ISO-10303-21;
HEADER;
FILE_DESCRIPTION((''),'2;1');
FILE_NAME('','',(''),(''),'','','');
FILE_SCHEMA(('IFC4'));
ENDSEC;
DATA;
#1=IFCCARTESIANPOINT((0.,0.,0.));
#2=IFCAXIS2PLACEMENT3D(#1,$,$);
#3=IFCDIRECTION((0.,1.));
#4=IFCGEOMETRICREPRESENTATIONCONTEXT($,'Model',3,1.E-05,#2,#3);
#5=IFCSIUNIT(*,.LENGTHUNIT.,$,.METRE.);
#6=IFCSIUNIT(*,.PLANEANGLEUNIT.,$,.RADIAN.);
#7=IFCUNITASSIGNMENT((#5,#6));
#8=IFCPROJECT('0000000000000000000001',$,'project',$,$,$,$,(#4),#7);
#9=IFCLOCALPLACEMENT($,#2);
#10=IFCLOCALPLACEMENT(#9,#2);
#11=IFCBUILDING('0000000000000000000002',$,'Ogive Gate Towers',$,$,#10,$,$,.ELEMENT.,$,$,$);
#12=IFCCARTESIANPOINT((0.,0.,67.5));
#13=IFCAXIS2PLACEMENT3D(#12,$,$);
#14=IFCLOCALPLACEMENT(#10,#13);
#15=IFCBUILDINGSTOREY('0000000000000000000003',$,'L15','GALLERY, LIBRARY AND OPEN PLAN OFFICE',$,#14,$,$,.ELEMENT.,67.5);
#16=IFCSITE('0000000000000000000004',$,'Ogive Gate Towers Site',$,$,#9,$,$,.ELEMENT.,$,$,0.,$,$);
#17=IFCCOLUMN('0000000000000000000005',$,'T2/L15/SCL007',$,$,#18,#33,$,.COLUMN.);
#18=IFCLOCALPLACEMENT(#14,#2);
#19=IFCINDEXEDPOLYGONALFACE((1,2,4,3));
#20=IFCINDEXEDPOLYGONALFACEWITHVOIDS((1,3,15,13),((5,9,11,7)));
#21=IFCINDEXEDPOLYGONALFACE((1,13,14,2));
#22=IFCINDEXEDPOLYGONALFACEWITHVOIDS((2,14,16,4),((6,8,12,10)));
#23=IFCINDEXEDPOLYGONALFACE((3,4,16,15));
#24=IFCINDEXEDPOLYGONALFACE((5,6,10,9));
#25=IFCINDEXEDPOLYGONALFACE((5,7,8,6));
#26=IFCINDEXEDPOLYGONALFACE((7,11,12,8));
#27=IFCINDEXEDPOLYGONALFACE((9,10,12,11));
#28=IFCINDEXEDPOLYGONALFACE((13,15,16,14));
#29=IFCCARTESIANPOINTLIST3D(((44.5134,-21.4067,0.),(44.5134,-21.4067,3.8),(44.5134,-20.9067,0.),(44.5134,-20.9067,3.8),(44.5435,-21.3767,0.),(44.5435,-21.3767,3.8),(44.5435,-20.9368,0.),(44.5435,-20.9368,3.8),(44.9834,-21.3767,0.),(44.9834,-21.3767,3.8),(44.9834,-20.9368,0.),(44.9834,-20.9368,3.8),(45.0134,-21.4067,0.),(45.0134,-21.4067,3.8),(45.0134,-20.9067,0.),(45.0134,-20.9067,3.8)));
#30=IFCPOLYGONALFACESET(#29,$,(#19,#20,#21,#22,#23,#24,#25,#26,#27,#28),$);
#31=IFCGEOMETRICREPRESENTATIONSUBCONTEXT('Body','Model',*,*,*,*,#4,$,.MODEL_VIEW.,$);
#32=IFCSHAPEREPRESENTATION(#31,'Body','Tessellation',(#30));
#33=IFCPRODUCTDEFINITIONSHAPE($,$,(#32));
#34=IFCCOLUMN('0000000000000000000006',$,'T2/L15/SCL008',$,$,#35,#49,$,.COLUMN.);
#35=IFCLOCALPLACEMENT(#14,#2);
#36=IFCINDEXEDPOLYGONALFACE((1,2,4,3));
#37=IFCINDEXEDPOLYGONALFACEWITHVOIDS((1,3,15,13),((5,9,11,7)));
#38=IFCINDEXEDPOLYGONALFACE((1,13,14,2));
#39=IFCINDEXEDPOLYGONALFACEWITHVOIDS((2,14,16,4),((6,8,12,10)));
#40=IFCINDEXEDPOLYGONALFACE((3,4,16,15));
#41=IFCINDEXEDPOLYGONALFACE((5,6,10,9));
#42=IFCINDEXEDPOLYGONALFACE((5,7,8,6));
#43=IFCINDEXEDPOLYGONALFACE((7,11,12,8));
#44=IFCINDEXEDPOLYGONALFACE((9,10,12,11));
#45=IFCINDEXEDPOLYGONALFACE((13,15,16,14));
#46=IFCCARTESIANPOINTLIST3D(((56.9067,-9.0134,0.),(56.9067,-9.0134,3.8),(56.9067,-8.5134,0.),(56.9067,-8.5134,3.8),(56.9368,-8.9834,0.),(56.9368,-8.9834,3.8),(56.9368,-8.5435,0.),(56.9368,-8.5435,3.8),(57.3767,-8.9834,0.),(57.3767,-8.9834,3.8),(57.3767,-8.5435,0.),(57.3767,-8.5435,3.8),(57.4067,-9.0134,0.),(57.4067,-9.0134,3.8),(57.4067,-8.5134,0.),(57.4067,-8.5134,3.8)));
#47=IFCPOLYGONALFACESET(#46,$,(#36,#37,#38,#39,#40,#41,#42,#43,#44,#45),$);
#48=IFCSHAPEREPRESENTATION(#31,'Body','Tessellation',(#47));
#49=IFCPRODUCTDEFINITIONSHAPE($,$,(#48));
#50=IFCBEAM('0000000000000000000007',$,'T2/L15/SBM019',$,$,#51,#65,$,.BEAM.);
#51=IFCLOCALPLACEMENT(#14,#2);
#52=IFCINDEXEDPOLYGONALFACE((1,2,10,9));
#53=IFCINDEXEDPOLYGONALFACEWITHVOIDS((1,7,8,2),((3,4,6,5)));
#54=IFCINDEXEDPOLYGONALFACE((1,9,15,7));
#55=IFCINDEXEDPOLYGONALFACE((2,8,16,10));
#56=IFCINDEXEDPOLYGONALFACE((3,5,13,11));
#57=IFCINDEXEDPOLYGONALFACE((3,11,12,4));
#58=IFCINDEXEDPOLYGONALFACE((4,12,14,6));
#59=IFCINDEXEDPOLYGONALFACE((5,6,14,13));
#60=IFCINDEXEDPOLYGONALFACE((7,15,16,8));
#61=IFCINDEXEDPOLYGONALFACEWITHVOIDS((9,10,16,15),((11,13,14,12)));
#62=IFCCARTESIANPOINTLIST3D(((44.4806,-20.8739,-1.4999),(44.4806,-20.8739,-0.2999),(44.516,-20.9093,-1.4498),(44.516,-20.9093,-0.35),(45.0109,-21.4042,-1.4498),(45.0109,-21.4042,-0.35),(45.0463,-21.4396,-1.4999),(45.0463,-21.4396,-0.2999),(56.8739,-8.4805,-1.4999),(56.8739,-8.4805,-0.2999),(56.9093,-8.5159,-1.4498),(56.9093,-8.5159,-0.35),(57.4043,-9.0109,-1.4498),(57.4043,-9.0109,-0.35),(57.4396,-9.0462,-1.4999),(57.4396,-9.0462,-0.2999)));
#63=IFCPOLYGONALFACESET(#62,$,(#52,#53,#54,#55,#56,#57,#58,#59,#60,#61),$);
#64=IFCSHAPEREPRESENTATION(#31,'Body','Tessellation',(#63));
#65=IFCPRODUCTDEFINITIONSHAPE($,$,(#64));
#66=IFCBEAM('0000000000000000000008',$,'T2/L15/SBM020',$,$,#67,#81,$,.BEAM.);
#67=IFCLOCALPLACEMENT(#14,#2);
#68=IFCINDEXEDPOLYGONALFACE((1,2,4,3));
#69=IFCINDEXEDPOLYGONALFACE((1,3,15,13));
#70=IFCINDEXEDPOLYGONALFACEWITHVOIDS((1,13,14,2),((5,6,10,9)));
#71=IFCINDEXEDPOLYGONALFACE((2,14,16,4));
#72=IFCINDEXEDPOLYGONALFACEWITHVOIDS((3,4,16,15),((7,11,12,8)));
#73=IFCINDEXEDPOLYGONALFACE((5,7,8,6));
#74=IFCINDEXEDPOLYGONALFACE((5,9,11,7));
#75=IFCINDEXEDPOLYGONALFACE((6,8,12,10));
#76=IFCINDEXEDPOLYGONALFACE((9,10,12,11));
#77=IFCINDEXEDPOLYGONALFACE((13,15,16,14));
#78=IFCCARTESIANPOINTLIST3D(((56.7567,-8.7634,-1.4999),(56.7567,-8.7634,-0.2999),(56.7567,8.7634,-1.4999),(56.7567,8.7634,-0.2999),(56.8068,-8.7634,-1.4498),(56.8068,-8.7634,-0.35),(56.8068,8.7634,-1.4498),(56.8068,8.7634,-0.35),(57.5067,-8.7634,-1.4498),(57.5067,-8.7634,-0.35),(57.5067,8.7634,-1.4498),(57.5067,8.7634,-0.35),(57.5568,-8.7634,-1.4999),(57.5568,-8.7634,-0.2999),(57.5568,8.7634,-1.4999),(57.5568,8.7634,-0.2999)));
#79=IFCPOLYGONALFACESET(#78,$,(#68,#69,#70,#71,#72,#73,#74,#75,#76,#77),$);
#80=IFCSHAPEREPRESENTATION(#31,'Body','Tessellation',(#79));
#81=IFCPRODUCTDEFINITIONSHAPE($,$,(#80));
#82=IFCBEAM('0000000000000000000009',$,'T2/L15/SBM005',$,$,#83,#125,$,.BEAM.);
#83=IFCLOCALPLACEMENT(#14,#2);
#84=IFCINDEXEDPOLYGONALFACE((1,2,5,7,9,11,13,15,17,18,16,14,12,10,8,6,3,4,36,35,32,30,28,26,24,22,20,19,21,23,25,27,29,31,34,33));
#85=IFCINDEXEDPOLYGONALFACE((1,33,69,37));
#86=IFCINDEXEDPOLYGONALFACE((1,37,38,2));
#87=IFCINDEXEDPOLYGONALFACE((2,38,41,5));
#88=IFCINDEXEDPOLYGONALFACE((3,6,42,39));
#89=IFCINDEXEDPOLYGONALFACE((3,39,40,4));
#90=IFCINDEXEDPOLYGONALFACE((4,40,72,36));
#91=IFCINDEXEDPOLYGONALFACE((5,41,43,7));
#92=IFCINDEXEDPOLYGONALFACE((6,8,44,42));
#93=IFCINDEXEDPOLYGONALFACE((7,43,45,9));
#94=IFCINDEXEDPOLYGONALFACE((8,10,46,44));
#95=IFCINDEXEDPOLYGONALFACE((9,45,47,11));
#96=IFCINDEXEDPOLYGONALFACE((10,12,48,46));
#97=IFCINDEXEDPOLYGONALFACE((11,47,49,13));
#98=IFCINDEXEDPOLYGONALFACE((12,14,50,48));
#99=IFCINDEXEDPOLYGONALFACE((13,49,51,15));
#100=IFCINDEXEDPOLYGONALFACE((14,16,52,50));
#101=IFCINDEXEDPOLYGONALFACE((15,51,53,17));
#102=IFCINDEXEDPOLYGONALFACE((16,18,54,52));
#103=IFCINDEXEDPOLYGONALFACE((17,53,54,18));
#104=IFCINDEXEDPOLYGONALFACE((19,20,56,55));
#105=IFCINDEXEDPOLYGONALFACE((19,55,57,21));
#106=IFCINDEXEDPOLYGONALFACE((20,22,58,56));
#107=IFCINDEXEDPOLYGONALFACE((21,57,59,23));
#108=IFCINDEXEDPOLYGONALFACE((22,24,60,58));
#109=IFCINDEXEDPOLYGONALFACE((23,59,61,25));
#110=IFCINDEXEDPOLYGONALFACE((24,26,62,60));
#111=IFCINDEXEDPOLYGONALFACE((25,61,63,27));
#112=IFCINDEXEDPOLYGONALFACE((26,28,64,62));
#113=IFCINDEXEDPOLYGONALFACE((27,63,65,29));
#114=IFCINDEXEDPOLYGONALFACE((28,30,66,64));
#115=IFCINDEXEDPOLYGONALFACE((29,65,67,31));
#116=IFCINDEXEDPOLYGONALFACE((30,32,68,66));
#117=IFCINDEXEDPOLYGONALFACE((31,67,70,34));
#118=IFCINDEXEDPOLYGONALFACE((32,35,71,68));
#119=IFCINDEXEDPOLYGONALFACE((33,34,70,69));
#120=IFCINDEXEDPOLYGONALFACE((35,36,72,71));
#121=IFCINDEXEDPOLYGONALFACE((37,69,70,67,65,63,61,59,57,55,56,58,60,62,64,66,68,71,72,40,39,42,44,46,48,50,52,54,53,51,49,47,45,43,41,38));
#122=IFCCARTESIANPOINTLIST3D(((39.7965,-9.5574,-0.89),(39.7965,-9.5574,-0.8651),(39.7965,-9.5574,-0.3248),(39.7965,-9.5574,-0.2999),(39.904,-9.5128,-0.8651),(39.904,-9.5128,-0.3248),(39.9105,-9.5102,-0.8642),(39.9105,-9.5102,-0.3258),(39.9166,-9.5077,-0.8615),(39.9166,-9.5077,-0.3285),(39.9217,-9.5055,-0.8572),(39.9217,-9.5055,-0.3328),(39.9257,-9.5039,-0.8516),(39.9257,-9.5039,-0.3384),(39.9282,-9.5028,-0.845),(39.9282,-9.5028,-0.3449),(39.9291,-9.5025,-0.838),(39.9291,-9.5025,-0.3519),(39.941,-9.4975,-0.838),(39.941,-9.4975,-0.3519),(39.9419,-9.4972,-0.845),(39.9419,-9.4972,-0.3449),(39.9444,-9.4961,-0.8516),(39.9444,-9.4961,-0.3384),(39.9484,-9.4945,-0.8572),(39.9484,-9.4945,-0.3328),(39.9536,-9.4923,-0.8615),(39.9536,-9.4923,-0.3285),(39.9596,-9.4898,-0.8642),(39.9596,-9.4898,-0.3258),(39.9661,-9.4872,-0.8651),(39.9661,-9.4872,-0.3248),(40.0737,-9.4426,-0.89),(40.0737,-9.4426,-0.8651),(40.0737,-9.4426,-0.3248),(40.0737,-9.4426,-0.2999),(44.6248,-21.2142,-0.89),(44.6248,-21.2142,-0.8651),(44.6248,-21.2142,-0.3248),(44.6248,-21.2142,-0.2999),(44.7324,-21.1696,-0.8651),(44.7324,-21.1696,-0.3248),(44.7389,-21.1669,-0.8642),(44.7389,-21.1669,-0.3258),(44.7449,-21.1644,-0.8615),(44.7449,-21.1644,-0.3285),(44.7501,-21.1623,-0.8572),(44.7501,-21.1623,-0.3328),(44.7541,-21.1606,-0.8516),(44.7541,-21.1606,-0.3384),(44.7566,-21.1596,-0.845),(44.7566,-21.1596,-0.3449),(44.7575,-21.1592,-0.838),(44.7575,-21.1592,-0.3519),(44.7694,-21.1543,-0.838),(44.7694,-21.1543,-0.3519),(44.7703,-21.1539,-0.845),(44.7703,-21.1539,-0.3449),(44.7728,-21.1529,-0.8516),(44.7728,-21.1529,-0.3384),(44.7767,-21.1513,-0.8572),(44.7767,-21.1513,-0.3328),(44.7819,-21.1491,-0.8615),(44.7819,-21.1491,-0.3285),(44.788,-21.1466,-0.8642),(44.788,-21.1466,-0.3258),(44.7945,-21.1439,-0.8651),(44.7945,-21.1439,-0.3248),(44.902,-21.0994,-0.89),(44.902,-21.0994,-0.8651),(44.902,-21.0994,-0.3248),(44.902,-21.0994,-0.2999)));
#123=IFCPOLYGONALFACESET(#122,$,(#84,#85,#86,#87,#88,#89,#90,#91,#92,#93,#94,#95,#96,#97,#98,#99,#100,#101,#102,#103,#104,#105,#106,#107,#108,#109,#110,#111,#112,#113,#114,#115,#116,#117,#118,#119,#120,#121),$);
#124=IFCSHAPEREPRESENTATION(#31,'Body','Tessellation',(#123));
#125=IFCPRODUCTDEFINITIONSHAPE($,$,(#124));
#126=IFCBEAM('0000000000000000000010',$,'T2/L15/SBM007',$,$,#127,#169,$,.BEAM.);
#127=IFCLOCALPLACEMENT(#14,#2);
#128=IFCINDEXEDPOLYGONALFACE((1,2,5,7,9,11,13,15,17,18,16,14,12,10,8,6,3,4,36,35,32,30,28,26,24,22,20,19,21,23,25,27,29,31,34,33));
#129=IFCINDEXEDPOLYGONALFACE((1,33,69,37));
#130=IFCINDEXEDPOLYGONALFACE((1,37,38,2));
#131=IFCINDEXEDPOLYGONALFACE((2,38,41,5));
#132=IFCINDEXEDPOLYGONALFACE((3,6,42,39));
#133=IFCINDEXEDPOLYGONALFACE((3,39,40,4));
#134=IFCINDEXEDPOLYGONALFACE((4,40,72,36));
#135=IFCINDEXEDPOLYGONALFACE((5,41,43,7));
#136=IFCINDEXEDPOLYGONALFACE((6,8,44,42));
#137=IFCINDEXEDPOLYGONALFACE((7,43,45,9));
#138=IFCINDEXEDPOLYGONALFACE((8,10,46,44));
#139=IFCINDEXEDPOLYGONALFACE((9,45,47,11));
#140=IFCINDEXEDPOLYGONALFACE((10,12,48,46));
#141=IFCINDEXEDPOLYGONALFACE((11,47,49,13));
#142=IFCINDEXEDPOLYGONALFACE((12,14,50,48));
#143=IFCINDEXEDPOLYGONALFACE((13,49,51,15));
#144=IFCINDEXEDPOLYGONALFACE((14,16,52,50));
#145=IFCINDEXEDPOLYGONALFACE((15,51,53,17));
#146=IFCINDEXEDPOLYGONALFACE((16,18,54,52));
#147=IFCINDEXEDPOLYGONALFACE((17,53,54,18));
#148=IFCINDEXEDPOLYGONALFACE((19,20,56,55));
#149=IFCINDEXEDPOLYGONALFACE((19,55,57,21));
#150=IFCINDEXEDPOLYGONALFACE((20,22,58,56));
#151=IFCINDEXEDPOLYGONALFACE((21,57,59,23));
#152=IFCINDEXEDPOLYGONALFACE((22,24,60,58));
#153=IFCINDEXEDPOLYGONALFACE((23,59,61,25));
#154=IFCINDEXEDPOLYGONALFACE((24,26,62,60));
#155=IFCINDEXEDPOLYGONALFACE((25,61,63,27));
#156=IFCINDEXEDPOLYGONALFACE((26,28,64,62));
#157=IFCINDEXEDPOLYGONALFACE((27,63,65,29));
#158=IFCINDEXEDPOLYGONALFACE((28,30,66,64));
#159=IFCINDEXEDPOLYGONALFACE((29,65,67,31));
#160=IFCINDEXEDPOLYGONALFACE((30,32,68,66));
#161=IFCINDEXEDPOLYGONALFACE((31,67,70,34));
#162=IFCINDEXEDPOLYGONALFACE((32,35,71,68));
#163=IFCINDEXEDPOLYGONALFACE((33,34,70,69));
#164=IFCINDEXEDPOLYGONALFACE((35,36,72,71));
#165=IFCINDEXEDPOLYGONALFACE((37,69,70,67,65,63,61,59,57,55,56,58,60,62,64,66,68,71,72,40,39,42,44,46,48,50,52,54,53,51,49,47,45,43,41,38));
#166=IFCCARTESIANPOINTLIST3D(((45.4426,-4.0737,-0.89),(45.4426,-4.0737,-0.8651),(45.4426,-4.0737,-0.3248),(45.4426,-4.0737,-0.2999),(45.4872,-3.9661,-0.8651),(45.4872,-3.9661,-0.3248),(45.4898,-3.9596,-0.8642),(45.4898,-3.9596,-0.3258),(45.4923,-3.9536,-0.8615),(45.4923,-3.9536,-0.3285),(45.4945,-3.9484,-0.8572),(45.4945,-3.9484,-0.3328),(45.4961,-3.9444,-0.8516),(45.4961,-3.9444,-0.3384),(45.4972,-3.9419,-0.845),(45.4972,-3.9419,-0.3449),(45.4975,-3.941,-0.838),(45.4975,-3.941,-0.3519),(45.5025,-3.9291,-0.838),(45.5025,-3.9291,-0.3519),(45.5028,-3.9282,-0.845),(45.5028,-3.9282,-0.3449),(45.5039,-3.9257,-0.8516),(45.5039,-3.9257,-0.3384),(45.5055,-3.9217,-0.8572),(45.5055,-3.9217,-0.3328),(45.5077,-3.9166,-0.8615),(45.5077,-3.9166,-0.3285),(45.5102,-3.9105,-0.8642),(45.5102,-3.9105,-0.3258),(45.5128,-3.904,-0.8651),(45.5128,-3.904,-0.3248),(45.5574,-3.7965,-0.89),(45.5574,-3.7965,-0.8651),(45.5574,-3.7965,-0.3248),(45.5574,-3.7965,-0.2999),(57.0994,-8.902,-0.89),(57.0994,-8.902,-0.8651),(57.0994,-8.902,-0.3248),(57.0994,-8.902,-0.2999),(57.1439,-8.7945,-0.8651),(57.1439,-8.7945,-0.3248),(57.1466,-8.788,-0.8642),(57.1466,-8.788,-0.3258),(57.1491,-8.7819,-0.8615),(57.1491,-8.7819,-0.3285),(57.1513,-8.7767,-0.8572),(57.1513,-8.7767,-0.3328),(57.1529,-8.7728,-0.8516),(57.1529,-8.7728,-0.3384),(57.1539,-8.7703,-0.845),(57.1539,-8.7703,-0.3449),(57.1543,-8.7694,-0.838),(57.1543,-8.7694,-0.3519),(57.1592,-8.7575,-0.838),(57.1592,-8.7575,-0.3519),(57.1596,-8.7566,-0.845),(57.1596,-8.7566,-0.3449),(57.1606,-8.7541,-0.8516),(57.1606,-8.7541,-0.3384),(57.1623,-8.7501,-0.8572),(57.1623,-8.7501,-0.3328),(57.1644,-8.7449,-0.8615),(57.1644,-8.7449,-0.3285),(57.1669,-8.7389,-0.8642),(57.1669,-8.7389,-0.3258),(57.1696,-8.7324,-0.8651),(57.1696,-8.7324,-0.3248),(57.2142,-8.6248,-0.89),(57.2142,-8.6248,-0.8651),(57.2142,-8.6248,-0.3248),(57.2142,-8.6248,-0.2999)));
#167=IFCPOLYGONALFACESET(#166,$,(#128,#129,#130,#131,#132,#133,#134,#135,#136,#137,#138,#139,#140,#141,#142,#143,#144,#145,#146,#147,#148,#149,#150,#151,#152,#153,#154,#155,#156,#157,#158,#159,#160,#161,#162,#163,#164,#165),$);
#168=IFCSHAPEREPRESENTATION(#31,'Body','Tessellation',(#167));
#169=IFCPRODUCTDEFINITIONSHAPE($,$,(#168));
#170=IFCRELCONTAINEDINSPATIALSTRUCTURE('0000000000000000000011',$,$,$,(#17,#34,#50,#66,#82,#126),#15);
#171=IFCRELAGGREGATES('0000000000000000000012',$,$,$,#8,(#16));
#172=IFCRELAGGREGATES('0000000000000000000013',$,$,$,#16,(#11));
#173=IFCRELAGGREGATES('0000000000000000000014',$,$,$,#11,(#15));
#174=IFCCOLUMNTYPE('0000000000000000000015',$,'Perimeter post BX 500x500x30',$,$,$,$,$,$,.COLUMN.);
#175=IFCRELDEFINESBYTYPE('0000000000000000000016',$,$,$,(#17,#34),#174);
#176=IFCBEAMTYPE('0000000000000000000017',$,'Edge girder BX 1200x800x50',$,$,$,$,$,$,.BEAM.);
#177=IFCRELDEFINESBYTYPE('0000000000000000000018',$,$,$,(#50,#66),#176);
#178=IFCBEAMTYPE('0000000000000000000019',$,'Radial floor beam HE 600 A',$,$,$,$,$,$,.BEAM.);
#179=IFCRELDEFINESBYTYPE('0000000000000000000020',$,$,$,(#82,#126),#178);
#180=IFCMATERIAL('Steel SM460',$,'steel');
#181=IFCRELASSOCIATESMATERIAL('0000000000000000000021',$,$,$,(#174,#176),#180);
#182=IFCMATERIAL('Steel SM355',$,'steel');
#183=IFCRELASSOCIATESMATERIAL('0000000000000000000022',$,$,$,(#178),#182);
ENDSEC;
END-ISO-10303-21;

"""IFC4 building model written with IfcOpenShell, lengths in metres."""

from ifc_helpers import new_model, si_unit, direction, frame, origin, origin_2d, place, context, subcontext, project, spatial, hollow_rectangle, i_section, extrude, material, material_profile, profile_set, type_object, element, save


model = new_model("IFC4")

# Units and contexts
model_context = context("Model", 3, precision=1e-05, world=origin(), true_north=direction((0.0, 1.0)))
body_context = subcontext(model_context, "Body", "Model", "MODEL_VIEW")
ifc_project = project(units=[si_unit("LENGTHUNIT", "METRE"), si_unit("PLANEANGLEUNIT", "RADIAN")], contexts=[model_context])

# Site, building, storey
site_placement = place(None, origin())
site = spatial("IfcSite", under=ifc_project, at=site_placement, Name="Ogive Gate Towers Site", CompositionType="ELEMENT", RefElevation=0.0)
building_placement = place(site_placement, origin())
building = spatial("IfcBuilding", under=site, at=building_placement, Name="Ogive Gate Towers", CompositionType="ELEMENT")
storey_placement = place(building_placement, frame((0.0, 0.0, 67.5)))
storey = spatial("IfcBuildingStorey", under=building, at=storey_placement, Name="L15", Description="GALLERY, LIBRARY AND OPEN PLAN OFFICE", CompositionType="ELEMENT", Elevation=67.5)

# Columns
ifc_material_1 = material(Name="Steel SM460", Category="steel")
ifc_material_profile_1 = material_profile(ifc_material_1, hollow_rectangle(XDim=0.5, YDim=0.5, WallThickness=0.03, at=origin_2d()), Name="BX 500x500x30")
ifc_profile_set_1 = profile_set([ifc_material_profile_1], Name="Steel SM460")
column_type = type_object("IfcColumnType", Name="Perimeter post BX 500x500x30", PredefinedType="COLUMN", material=ifc_profile_set_1)
for number, where, z_axis, x_axis, name in (
    (1, (44.7634, -21.1567, 0.0), (0.0, 0.0, 1.0), (1.0, 0.0, 0.0), "T2/L15/SCL007"),
    (2, (57.1567, -8.7634, 0.0), (0.0, 0.0, 1.0), (1.0, 0.0, 0.0), "T2/L15/SCL008"),
):
    element("IfcColumn", number, at=place(storey_placement, frame(where, z_axis=z_axis, x_axis=x_axis)), inside=storey, type_object=column_type, Name=name, PredefinedType="COLUMN", context=body_context, shape_type="SweptSolid", body=[
        extrude(hollow_rectangle(XDim=0.5, YDim=0.5, WallThickness=0.03, at=origin_2d()), origin(), (0.0, 0.0, 1.0), 3.8),
    ])

# Beams
ifc_material_profile_2 = material_profile(ifc_material_1, hollow_rectangle(XDim=0.8, YDim=1.2, WallThickness=0.05, at=origin_2d()), Name="BX 1200x800x50")
ifc_profile_set_2 = profile_set([ifc_material_profile_2], Name="Steel SM460")
beam_type_1 = type_object("IfcBeamType", Name="Edge girder BX 1200x800x50", PredefinedType="BEAM", material=ifc_profile_set_2)
for number, where, z_axis, x_axis, name in (
    (3, (44.7634, -21.1567, -0.8999), (0.707107, 0.707107, 0.0), (-0.707107, 0.707107, 0.0), "T2/L15/SBM019"),
    (4, (57.1567, -8.7634, -0.8999), (0.0, 1.0, 0.0), (-1.0, 0.0, 0.0), "T2/L15/SBM020"),
):
    element("IfcBeam", number, at=place(storey_placement, frame(where, z_axis=z_axis, x_axis=x_axis)), inside=storey, type_object=beam_type_1, Name=name, PredefinedType="BEAM", context=body_context, shape_type="SweptSolid", body=[
        extrude(hollow_rectangle(XDim=0.8, YDim=1.2, WallThickness=0.05, at=origin_2d()), origin(), (0.0, 0.0, 1.0), 17.5269),
    ])
ifc_material_2 = material(Name="Steel SM355", Category="steel")
ifc_material_profile_3 = material_profile(ifc_material_2, i_section(OverallWidth=0.3, OverallDepth=0.5901, WebThickness=0.0129, FlangeThickness=0.0249, FilletRadius=0.0271, at=origin_2d()), Name="HE 600 A")
ifc_profile_set_3 = profile_set([ifc_material_profile_3], Name="Steel SM355")
beam_type_2 = type_object("IfcBeamType", Name="Radial floor beam HE 600 A", PredefinedType="BEAM", material=ifc_profile_set_3)
for number, where, z_axis, x_axis, name in (
    (5, (39.9351, -9.5, -0.595), (0.382683, -0.92388, 0.0), (0.92388, 0.382683, 0.0), "T2/L15/SBM005"),
    (6, (45.5, -3.9351, -0.595), (0.92388, -0.382683, 0.0), (0.382683, 0.92388, 0.0), "T2/L15/SBM007"),
):
    element("IfcBeam", number, at=place(storey_placement, frame(where, z_axis=z_axis, x_axis=x_axis)), inside=storey, type_object=beam_type_2, Name=name, PredefinedType="BEAM", context=body_context, shape_type="SweptSolid", body=[
        extrude(i_section(OverallWidth=0.3, OverallDepth=0.5901, WebThickness=0.0129, FlangeThickness=0.0249, FilletRadius=0.0271, at=origin_2d()), origin(), (0.0, 0.0, 1.0), 12.6172),
    ])

save(model, "model.ifc")
